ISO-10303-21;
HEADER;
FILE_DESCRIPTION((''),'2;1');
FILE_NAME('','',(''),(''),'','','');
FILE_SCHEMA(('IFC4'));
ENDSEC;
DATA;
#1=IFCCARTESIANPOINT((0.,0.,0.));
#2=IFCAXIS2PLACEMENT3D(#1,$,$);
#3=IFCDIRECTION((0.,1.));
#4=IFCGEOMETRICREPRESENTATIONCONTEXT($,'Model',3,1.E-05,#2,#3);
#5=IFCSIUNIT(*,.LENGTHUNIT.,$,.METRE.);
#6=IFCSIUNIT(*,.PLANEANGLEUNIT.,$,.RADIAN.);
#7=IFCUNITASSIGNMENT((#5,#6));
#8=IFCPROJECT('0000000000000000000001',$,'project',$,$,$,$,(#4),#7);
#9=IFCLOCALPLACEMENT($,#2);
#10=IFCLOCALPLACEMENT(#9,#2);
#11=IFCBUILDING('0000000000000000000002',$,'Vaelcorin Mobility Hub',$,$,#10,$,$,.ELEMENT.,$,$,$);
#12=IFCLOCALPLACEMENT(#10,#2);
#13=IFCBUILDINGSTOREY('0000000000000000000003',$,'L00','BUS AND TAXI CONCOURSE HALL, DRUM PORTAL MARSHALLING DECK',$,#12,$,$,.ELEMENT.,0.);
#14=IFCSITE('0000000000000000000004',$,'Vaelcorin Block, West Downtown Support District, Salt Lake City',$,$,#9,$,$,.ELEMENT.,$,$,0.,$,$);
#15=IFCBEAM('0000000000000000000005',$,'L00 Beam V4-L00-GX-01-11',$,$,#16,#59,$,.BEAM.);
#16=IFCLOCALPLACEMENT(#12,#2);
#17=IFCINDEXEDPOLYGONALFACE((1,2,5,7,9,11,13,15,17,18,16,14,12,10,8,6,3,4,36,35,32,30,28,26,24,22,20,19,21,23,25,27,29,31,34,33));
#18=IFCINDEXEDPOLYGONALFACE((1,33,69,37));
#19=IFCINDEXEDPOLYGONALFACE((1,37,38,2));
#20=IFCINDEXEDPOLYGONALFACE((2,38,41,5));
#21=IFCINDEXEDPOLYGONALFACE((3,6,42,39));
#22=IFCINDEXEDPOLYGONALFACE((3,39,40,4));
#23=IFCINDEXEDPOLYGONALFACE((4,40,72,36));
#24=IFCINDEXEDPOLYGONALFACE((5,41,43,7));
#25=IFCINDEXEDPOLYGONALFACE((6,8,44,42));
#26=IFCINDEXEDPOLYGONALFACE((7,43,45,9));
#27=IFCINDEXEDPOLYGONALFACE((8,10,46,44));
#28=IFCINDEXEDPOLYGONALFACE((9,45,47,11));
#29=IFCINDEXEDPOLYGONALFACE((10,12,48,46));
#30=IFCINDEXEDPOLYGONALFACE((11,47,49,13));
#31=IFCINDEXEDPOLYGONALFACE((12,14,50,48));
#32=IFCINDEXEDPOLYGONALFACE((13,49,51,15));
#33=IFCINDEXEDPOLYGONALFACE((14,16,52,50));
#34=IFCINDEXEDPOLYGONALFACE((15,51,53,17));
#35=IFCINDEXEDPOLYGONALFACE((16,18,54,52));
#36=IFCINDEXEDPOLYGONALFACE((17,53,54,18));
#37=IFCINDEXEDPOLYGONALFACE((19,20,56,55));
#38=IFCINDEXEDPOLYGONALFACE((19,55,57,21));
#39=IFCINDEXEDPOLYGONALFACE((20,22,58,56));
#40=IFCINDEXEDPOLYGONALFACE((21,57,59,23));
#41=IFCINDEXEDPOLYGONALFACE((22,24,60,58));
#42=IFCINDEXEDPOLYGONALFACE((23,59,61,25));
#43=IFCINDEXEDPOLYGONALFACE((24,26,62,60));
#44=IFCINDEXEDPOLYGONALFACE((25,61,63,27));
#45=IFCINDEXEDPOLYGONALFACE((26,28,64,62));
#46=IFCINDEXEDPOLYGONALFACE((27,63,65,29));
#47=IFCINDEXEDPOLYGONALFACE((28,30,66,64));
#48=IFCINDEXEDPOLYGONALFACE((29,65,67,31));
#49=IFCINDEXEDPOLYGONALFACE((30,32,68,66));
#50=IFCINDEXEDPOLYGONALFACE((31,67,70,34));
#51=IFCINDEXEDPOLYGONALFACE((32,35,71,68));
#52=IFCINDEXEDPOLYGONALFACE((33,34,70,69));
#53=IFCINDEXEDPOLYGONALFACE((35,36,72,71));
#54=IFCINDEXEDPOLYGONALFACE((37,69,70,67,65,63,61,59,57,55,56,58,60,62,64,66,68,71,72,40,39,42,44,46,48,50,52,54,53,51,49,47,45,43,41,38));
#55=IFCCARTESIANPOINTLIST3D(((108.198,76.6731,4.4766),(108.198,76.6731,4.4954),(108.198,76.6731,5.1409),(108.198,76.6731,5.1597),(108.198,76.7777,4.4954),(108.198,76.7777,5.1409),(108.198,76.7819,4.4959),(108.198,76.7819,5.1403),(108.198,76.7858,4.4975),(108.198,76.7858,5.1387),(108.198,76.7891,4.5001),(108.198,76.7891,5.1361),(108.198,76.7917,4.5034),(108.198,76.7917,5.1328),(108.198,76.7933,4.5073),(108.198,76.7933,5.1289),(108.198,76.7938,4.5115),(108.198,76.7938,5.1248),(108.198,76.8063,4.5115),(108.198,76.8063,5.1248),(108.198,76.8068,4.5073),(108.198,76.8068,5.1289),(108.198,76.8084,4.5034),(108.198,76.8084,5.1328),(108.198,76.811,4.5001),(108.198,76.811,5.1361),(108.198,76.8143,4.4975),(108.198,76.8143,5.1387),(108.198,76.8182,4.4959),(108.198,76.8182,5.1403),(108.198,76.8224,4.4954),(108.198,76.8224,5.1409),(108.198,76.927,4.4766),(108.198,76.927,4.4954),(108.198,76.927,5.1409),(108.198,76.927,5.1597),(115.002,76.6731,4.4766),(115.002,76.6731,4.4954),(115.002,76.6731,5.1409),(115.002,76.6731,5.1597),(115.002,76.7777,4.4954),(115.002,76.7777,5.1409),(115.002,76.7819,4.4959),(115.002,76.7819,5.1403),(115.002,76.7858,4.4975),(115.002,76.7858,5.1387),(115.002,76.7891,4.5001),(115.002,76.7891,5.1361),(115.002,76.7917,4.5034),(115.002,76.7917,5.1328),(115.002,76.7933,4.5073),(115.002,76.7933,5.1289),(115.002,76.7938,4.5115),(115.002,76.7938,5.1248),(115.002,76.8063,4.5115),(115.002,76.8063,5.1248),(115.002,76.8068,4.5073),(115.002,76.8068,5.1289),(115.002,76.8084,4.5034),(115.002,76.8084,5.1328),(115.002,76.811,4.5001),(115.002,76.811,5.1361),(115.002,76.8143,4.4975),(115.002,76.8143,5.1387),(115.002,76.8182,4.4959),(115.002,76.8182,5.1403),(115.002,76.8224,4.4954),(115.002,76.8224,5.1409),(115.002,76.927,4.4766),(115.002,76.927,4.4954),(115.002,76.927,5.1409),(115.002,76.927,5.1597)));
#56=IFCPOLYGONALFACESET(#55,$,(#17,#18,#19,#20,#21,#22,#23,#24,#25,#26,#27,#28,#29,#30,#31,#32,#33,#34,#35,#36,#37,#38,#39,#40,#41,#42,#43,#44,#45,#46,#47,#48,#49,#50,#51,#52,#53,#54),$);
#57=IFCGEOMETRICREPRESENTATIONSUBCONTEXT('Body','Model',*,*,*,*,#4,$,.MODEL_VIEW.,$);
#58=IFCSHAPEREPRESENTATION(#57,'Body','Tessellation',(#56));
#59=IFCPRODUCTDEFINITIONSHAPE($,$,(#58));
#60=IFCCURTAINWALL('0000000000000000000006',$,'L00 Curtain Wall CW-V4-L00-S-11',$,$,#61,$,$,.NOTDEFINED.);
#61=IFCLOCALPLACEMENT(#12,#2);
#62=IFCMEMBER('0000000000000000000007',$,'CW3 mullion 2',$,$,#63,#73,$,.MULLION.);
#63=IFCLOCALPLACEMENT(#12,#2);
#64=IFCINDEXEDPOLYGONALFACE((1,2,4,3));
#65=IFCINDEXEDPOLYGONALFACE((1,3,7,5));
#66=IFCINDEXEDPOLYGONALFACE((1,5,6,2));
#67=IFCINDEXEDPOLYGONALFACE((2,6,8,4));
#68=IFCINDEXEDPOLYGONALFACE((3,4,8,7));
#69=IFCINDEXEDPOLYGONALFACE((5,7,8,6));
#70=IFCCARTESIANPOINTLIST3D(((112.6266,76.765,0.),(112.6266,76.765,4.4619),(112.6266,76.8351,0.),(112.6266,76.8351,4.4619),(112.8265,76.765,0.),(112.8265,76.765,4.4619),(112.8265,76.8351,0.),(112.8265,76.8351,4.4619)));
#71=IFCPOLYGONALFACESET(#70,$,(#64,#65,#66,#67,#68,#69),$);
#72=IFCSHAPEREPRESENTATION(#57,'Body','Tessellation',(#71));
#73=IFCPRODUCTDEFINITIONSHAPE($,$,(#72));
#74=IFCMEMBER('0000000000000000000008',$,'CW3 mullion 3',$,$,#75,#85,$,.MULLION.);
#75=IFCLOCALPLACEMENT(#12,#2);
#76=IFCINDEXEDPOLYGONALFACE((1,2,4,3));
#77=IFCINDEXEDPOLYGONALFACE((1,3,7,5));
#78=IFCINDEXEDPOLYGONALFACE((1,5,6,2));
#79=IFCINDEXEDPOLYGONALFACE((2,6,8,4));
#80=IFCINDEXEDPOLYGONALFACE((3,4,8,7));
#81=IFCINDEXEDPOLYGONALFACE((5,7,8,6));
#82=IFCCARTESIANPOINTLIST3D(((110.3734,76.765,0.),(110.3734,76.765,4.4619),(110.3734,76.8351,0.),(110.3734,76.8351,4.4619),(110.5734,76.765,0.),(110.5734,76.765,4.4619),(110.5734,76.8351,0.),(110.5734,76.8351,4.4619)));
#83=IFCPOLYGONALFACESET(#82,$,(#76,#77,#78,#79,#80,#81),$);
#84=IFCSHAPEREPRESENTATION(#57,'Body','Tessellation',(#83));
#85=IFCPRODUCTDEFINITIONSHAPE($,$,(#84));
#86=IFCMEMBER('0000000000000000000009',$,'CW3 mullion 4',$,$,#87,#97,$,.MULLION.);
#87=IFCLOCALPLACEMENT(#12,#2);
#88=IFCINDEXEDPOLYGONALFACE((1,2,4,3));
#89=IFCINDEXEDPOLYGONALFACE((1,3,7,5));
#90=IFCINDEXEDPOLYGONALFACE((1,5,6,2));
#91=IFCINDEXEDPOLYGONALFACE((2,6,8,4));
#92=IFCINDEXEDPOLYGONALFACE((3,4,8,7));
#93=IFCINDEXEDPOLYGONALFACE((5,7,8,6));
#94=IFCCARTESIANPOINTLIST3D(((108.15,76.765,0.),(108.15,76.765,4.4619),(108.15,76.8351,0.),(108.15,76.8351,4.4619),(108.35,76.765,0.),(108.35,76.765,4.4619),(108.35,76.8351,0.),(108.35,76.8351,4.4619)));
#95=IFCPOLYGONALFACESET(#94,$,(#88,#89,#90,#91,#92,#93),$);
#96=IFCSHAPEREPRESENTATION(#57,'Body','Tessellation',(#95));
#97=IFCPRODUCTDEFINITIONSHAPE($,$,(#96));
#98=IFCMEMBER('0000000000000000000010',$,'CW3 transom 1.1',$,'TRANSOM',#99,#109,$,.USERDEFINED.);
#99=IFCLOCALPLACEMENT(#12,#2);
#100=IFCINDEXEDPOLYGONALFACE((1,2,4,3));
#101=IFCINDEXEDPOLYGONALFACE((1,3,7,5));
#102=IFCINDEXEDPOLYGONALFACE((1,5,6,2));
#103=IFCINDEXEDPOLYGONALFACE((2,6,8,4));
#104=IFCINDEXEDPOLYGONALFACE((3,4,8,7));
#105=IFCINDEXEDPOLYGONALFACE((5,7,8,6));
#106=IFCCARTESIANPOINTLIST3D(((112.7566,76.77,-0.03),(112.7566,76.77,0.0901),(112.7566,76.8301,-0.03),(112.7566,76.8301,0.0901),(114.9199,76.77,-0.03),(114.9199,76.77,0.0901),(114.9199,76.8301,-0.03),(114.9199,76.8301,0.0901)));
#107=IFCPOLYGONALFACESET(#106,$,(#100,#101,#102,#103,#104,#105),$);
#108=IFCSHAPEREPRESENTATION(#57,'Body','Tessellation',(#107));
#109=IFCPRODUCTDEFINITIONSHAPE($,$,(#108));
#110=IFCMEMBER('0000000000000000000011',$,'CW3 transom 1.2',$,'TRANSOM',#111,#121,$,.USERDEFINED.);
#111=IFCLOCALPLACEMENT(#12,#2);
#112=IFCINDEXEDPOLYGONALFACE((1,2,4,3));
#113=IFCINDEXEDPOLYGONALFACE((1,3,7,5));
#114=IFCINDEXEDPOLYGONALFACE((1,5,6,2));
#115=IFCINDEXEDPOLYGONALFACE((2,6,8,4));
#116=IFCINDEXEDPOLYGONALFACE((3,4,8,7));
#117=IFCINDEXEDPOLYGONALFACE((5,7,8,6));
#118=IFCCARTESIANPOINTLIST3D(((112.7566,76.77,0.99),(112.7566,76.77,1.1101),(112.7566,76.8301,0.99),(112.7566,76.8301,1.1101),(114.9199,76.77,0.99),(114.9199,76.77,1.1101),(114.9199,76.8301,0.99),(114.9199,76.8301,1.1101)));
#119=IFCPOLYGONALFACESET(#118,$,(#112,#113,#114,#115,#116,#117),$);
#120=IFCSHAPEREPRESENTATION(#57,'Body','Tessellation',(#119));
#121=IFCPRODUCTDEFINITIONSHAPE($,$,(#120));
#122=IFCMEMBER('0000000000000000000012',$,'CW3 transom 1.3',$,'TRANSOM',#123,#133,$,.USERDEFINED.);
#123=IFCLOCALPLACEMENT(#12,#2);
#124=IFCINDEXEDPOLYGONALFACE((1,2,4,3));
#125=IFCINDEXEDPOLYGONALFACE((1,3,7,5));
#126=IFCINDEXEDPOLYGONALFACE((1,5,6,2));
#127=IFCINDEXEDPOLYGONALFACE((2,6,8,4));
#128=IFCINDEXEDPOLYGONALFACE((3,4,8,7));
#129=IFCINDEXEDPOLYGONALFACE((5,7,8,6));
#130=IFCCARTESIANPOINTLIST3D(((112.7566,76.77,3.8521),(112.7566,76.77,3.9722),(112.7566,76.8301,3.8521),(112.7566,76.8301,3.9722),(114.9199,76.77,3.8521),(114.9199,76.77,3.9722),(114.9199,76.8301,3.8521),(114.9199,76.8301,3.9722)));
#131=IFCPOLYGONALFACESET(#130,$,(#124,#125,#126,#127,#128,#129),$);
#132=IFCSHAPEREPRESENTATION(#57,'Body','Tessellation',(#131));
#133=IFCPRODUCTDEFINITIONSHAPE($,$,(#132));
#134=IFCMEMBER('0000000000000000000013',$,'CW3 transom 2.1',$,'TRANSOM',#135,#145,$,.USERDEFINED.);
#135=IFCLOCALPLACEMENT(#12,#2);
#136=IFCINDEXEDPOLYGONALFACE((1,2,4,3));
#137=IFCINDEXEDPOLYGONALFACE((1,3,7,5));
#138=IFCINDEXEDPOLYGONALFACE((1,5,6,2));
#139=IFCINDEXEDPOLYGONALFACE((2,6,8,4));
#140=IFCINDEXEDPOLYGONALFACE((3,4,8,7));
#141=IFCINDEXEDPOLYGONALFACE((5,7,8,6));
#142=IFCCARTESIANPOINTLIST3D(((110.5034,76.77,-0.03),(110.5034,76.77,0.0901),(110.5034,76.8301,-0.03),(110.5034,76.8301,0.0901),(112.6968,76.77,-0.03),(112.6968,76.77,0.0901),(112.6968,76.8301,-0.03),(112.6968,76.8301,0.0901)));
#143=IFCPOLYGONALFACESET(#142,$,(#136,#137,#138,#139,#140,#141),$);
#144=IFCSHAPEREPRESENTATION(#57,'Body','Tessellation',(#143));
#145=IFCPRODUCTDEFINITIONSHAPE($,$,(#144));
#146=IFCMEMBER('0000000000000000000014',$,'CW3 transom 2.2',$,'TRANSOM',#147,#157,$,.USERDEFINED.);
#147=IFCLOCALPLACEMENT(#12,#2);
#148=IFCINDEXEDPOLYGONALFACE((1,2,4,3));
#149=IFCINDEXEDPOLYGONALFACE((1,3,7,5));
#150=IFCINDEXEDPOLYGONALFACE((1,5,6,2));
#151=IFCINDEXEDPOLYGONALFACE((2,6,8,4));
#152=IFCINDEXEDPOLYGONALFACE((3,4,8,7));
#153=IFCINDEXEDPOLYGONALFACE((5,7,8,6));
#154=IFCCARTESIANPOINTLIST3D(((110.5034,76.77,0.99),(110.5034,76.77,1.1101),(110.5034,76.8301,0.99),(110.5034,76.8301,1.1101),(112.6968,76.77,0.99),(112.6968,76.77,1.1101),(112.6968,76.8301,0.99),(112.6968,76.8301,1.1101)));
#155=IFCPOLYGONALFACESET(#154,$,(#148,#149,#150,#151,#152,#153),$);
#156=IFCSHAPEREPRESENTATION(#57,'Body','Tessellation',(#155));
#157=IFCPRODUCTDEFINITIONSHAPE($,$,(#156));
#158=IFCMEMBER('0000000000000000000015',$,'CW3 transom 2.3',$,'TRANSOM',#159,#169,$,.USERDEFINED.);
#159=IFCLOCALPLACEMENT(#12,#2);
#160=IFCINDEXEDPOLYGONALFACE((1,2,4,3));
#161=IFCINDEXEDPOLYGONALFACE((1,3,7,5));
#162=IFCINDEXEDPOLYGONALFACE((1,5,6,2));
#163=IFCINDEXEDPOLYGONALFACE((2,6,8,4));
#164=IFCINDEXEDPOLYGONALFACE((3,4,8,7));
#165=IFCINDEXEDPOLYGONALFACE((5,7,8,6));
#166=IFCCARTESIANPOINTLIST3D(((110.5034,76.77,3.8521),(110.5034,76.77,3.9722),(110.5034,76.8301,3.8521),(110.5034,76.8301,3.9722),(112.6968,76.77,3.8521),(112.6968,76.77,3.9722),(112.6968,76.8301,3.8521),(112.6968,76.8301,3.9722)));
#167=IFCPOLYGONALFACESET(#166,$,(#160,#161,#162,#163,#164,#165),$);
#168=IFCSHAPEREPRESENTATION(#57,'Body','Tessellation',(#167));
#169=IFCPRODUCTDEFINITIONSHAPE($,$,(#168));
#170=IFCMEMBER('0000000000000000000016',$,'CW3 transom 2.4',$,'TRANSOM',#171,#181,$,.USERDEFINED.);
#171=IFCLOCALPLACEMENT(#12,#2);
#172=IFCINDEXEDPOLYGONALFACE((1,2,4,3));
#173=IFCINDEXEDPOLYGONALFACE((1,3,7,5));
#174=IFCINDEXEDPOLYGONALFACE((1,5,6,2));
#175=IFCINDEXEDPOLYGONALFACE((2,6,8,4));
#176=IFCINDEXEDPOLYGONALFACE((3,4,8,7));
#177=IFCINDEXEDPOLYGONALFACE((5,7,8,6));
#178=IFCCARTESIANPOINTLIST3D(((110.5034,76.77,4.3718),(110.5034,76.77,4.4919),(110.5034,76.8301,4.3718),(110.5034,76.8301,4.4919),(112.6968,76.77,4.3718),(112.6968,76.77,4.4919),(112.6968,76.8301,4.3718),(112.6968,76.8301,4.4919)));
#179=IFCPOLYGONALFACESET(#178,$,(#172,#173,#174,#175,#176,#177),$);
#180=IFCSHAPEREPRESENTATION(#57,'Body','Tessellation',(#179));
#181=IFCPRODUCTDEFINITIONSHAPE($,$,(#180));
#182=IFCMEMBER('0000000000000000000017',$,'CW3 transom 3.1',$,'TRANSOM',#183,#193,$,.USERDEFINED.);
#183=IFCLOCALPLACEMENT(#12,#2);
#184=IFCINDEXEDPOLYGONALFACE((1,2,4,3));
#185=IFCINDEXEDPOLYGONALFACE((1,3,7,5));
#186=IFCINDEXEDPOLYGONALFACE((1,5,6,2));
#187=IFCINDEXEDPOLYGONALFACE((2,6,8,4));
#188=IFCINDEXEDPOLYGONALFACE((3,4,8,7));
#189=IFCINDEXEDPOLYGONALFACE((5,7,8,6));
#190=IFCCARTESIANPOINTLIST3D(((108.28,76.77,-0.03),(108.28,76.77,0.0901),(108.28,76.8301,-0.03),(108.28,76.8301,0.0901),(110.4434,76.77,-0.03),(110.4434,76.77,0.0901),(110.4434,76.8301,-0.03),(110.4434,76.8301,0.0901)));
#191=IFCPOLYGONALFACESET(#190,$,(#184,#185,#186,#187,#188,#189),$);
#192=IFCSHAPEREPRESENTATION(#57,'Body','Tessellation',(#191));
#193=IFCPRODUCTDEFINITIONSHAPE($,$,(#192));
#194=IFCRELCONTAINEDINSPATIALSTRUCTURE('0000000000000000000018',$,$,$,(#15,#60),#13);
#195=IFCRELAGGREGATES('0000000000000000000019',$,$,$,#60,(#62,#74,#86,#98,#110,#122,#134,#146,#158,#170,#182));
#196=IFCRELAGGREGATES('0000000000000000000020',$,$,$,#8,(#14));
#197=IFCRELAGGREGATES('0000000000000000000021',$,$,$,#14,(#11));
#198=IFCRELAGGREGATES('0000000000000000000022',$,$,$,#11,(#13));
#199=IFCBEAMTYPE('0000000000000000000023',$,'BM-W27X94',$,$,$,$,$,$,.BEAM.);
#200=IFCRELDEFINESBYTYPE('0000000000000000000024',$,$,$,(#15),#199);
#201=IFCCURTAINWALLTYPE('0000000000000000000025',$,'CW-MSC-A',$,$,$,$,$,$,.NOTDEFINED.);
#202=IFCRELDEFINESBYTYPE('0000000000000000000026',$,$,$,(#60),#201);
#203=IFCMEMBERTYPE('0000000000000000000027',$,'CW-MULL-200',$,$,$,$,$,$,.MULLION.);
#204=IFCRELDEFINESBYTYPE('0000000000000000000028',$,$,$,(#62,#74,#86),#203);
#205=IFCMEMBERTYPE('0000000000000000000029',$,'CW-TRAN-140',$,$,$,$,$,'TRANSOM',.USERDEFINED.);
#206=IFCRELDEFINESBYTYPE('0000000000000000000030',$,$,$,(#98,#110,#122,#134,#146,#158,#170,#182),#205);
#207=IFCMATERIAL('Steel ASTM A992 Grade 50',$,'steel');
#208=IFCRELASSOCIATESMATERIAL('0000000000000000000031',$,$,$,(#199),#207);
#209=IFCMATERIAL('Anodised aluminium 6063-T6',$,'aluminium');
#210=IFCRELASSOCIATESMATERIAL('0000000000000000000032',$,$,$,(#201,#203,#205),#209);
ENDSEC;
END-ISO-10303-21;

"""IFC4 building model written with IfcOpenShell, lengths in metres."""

from ifc_helpers import new_model, si_unit, direction, frame, origin, origin_2d, place, context, subcontext, project, spatial, rectangle, i_section, extrude, material, material_profile, profile_set, type_object, element, aggregate, save


model = new_model("IFC4")

# Units and contexts
model_context = context("Model", 3, precision=1e-05, world=origin(), true_north=direction((0.0, 1.0)))
body_context = subcontext(model_context, "Body", "Model", "MODEL_VIEW")
ifc_project = project(units=[si_unit("LENGTHUNIT", "METRE"), si_unit("PLANEANGLEUNIT", "RADIAN")], contexts=[model_context])

# Site, building, storey
site_placement = place(None, origin())
site = spatial("IfcSite", under=ifc_project, at=site_placement, Name="Vaelcorin Block, West Downtown Support District, Salt Lake City", CompositionType="ELEMENT", RefElevation=0.0)
building_placement = place(site_placement, origin())
building = spatial("IfcBuilding", under=site, at=building_placement, Name="Vaelcorin Mobility Hub", CompositionType="ELEMENT")
storey_placement = place(building_placement, origin())
storey = spatial("IfcBuildingStorey", under=building, at=storey_placement, Name="L00", Description="BUS AND TAXI CONCOURSE HALL, DRUM PORTAL MARSHALLING DECK", CompositionType="ELEMENT", Elevation=0.0)

# Beam
ifc_material_1 = material(Name="Steel ASTM A992 Grade 50", Category="steel")
ifc_material_profile_1 = material_profile(ifc_material_1, i_section(OverallWidth=0.2539, OverallDepth=0.6831, WebThickness=0.0125, FlangeThickness=0.0188, FilletRadius=0.0161, at=origin_2d()), Name="W27X94")
ifc_profile_set_1 = profile_set([ifc_material_profile_1], Name="Steel ASTM A992 Grade 50")
beam_type = type_object("IfcBeamType", Name="BM-W27X94", PredefinedType="BEAM", material=ifc_profile_set_1)
beam_placement = place(storey_placement, frame((108.198, 76.8, 4.8181), z_axis=(1.0, 0.0, 0.0), x_axis=(0.0, 1.0, 0.0)))
element("IfcBeam", 1, at=beam_placement, inside=storey, type_object=beam_type, Name="L00 Beam V4-L00-GX-01-11", PredefinedType="BEAM", context=body_context, shape_type="SweptSolid", body=[
    extrude(i_section(OverallWidth=0.2539, OverallDepth=0.6831, WebThickness=0.0125, FlangeThickness=0.0188, FilletRadius=0.0161, at=origin_2d()), origin(), (0.0, 0.0, 1.0), 6.804),
])

# Curtain wall, members
ifc_material_2 = material(Name="Anodised aluminium 6063-T6", Category="aluminium")
curtain_wall_type = type_object("IfcCurtainWallType", Name="CW-MSC-A", PredefinedType="NOTDEFINED", material=ifc_material_2)
curtain_wall_placement = place(storey_placement, origin())
curtain_wall = element("IfcCurtainWall", 2, at=curtain_wall_placement, inside=storey, type_object=curtain_wall_type, Name="L00 Curtain Wall CW-V4-L00-S-11", PredefinedType="NOTDEFINED")
ifc_material_profile_2 = material_profile(ifc_material_2, rectangle(XDim=0.0701, YDim=0.2, at=origin_2d()), Name="ALU-M70X200")
ifc_profile_set_2 = profile_set([ifc_material_profile_2], Name="Anodised aluminium 6063-T6")
member_type_1 = type_object("IfcMemberType", Name="CW-MULL-200", PredefinedType="MULLION", material=ifc_profile_set_2)
member_1_placement = place(storey_placement, frame((112.7266, 76.8, 0.0), z_axis=(0.0, 0.0, 1.0), x_axis=(0.0, -1.0, 0.0)))
member_1 = element("IfcMember", 3, at=member_1_placement, type_object=member_type_1, Name="CW3 mullion 2", PredefinedType="MULLION", context=body_context, shape_type="SweptSolid", body=[
    extrude(rectangle(XDim=0.0701, YDim=0.2, at=origin_2d()), origin(), (0.0, 0.0, 1.0), 4.4619),
])
member_2_placement = place(storey_placement, frame((110.4734, 76.8, 0.0), z_axis=(0.0, 0.0, 1.0), x_axis=(0.0, -1.0, 0.0)))
member_2 = element("IfcMember", 4, at=member_2_placement, type_object=member_type_1, Name="CW3 mullion 3", PredefinedType="MULLION", context=body_context, shape_type="SweptSolid", body=[
    extrude(rectangle(XDim=0.0701, YDim=0.2, at=origin_2d()), origin(), (0.0, 0.0, 1.0), 4.4619),
])
member_3_placement = place(storey_placement, frame((108.25, 76.8, 0.0), z_axis=(0.0, 0.0, 1.0), x_axis=(0.0, -1.0, 0.0)))
member_3 = element("IfcMember", 5, at=member_3_placement, type_object=member_type_1, Name="CW3 mullion 4", PredefinedType="MULLION", context=body_context, shape_type="SweptSolid", body=[
    extrude(rectangle(XDim=0.0701, YDim=0.2, at=origin_2d()), origin(), (0.0, 0.0, 1.0), 4.4619),
])
ifc_material_profile_3 = material_profile(ifc_material_2, rectangle(XDim=0.0601, YDim=0.1201, at=origin_2d()), Name="ALU-T60X120")
ifc_profile_set_3 = profile_set([ifc_material_profile_3], Name="Anodised aluminium 6063-T6")
member_type_2 = type_object("IfcMemberType", Name="CW-TRAN-140", ElementType="TRANSOM", PredefinedType="USERDEFINED", material=ifc_profile_set_3)
member_4_placement = place(storey_placement, frame((114.9199, 76.8, 0.03), z_axis=(-1.0, 0.0, 0.0), x_axis=(0.0, -1.0, 0.0)))
member_4 = element("IfcMember", 6, at=member_4_placement, type_object=member_type_2, Name="CW3 transom 1.1", ObjectType="TRANSOM", PredefinedType="USERDEFINED", context=body_context, shape_type="SweptSolid", body=[
    extrude(rectangle(XDim=0.0601, YDim=0.1201, at=origin_2d()), origin(), (0.0, 0.0, 1.0), 2.1633),
])
member_5_placement = place(storey_placement, frame((114.9199, 76.8, 1.05), z_axis=(-1.0, 0.0, 0.0), x_axis=(0.0, -1.0, 0.0)))
member_5 = element("IfcMember", 7, at=member_5_placement, type_object=member_type_2, Name="CW3 transom 1.2", ObjectType="TRANSOM", PredefinedType="USERDEFINED", context=body_context, shape_type="SweptSolid", body=[
    extrude(rectangle(XDim=0.0601, YDim=0.1201, at=origin_2d()), origin(), (0.0, 0.0, 1.0), 2.1633),
])
member_6_placement = place(storey_placement, frame((114.9199, 76.8, 3.9121), z_axis=(-1.0, 0.0, 0.0), x_axis=(0.0, -1.0, 0.0)))
member_6 = element("IfcMember", 8, at=member_6_placement, type_object=member_type_2, Name="CW3 transom 1.3", ObjectType="TRANSOM", PredefinedType="USERDEFINED", context=body_context, shape_type="SweptSolid", body=[
    extrude(rectangle(XDim=0.0601, YDim=0.1201, at=origin_2d()), origin(), (0.0, 0.0, 1.0), 2.1633),
])
member_7_placement = place(storey_placement, frame((112.6968, 76.8, 0.03), z_axis=(-1.0, 0.0, 0.0), x_axis=(0.0, -1.0, 0.0)))
member_7 = element("IfcMember", 9, at=member_7_placement, type_object=member_type_2, Name="CW3 transom 2.1", ObjectType="TRANSOM", PredefinedType="USERDEFINED", context=body_context, shape_type="SweptSolid", body=[
    extrude(rectangle(XDim=0.0601, YDim=0.1201, at=origin_2d()), origin(), (0.0, 0.0, 1.0), 2.1934),
])
member_8_placement = place(storey_placement, frame((112.6968, 76.8, 1.05), z_axis=(-1.0, 0.0, 0.0), x_axis=(0.0, -1.0, 0.0)))
member_8 = element("IfcMember", 10, at=member_8_placement, type_object=member_type_2, Name="CW3 transom 2.2", ObjectType="TRANSOM", PredefinedType="USERDEFINED", context=body_context, shape_type="SweptSolid", body=[
    extrude(rectangle(XDim=0.0601, YDim=0.1201, at=origin_2d()), origin(), (0.0, 0.0, 1.0), 2.1934),
])
member_9_placement = place(storey_placement, frame((112.6968, 76.8, 3.9121), z_axis=(-1.0, 0.0, 0.0), x_axis=(0.0, -1.0, 0.0)))
member_9 = element("IfcMember", 11, at=member_9_placement, type_object=member_type_2, Name="CW3 transom 2.3", ObjectType="TRANSOM", PredefinedType="USERDEFINED", context=body_context, shape_type="SweptSolid", body=[
    extrude(rectangle(XDim=0.0601, YDim=0.1201, at=origin_2d()), origin(), (0.0, 0.0, 1.0), 2.1934),
])
member_10_placement = place(storey_placement, frame((112.6968, 76.8, 4.4319), z_axis=(-1.0, 0.0, 0.0), x_axis=(0.0, -1.0, 0.0)))
member_10 = element("IfcMember", 12, at=member_10_placement, type_object=member_type_2, Name="CW3 transom 2.4", ObjectType="TRANSOM", PredefinedType="USERDEFINED", context=body_context, shape_type="SweptSolid", body=[
    extrude(rectangle(XDim=0.0601, YDim=0.1201, at=origin_2d()), origin(), (0.0, 0.0, 1.0), 2.1934),
])
member_11_placement = place(storey_placement, frame((110.4434, 76.8, 0.03), z_axis=(-1.0, 0.0, 0.0), x_axis=(0.0, -1.0, 0.0)))
member_11 = element("IfcMember", 13, at=member_11_placement, type_object=member_type_2, Name="CW3 transom 3.1", ObjectType="TRANSOM", PredefinedType="USERDEFINED", context=body_context, shape_type="SweptSolid", body=[
    extrude(rectangle(XDim=0.0601, YDim=0.1201, at=origin_2d()), origin(), (0.0, 0.0, 1.0), 2.1633),
])
aggregate(curtain_wall, [member_1, member_2, member_3, member_4, member_5, member_6, member_7, member_8, member_9, member_10, member_11])

save(model, "model.ifc")
